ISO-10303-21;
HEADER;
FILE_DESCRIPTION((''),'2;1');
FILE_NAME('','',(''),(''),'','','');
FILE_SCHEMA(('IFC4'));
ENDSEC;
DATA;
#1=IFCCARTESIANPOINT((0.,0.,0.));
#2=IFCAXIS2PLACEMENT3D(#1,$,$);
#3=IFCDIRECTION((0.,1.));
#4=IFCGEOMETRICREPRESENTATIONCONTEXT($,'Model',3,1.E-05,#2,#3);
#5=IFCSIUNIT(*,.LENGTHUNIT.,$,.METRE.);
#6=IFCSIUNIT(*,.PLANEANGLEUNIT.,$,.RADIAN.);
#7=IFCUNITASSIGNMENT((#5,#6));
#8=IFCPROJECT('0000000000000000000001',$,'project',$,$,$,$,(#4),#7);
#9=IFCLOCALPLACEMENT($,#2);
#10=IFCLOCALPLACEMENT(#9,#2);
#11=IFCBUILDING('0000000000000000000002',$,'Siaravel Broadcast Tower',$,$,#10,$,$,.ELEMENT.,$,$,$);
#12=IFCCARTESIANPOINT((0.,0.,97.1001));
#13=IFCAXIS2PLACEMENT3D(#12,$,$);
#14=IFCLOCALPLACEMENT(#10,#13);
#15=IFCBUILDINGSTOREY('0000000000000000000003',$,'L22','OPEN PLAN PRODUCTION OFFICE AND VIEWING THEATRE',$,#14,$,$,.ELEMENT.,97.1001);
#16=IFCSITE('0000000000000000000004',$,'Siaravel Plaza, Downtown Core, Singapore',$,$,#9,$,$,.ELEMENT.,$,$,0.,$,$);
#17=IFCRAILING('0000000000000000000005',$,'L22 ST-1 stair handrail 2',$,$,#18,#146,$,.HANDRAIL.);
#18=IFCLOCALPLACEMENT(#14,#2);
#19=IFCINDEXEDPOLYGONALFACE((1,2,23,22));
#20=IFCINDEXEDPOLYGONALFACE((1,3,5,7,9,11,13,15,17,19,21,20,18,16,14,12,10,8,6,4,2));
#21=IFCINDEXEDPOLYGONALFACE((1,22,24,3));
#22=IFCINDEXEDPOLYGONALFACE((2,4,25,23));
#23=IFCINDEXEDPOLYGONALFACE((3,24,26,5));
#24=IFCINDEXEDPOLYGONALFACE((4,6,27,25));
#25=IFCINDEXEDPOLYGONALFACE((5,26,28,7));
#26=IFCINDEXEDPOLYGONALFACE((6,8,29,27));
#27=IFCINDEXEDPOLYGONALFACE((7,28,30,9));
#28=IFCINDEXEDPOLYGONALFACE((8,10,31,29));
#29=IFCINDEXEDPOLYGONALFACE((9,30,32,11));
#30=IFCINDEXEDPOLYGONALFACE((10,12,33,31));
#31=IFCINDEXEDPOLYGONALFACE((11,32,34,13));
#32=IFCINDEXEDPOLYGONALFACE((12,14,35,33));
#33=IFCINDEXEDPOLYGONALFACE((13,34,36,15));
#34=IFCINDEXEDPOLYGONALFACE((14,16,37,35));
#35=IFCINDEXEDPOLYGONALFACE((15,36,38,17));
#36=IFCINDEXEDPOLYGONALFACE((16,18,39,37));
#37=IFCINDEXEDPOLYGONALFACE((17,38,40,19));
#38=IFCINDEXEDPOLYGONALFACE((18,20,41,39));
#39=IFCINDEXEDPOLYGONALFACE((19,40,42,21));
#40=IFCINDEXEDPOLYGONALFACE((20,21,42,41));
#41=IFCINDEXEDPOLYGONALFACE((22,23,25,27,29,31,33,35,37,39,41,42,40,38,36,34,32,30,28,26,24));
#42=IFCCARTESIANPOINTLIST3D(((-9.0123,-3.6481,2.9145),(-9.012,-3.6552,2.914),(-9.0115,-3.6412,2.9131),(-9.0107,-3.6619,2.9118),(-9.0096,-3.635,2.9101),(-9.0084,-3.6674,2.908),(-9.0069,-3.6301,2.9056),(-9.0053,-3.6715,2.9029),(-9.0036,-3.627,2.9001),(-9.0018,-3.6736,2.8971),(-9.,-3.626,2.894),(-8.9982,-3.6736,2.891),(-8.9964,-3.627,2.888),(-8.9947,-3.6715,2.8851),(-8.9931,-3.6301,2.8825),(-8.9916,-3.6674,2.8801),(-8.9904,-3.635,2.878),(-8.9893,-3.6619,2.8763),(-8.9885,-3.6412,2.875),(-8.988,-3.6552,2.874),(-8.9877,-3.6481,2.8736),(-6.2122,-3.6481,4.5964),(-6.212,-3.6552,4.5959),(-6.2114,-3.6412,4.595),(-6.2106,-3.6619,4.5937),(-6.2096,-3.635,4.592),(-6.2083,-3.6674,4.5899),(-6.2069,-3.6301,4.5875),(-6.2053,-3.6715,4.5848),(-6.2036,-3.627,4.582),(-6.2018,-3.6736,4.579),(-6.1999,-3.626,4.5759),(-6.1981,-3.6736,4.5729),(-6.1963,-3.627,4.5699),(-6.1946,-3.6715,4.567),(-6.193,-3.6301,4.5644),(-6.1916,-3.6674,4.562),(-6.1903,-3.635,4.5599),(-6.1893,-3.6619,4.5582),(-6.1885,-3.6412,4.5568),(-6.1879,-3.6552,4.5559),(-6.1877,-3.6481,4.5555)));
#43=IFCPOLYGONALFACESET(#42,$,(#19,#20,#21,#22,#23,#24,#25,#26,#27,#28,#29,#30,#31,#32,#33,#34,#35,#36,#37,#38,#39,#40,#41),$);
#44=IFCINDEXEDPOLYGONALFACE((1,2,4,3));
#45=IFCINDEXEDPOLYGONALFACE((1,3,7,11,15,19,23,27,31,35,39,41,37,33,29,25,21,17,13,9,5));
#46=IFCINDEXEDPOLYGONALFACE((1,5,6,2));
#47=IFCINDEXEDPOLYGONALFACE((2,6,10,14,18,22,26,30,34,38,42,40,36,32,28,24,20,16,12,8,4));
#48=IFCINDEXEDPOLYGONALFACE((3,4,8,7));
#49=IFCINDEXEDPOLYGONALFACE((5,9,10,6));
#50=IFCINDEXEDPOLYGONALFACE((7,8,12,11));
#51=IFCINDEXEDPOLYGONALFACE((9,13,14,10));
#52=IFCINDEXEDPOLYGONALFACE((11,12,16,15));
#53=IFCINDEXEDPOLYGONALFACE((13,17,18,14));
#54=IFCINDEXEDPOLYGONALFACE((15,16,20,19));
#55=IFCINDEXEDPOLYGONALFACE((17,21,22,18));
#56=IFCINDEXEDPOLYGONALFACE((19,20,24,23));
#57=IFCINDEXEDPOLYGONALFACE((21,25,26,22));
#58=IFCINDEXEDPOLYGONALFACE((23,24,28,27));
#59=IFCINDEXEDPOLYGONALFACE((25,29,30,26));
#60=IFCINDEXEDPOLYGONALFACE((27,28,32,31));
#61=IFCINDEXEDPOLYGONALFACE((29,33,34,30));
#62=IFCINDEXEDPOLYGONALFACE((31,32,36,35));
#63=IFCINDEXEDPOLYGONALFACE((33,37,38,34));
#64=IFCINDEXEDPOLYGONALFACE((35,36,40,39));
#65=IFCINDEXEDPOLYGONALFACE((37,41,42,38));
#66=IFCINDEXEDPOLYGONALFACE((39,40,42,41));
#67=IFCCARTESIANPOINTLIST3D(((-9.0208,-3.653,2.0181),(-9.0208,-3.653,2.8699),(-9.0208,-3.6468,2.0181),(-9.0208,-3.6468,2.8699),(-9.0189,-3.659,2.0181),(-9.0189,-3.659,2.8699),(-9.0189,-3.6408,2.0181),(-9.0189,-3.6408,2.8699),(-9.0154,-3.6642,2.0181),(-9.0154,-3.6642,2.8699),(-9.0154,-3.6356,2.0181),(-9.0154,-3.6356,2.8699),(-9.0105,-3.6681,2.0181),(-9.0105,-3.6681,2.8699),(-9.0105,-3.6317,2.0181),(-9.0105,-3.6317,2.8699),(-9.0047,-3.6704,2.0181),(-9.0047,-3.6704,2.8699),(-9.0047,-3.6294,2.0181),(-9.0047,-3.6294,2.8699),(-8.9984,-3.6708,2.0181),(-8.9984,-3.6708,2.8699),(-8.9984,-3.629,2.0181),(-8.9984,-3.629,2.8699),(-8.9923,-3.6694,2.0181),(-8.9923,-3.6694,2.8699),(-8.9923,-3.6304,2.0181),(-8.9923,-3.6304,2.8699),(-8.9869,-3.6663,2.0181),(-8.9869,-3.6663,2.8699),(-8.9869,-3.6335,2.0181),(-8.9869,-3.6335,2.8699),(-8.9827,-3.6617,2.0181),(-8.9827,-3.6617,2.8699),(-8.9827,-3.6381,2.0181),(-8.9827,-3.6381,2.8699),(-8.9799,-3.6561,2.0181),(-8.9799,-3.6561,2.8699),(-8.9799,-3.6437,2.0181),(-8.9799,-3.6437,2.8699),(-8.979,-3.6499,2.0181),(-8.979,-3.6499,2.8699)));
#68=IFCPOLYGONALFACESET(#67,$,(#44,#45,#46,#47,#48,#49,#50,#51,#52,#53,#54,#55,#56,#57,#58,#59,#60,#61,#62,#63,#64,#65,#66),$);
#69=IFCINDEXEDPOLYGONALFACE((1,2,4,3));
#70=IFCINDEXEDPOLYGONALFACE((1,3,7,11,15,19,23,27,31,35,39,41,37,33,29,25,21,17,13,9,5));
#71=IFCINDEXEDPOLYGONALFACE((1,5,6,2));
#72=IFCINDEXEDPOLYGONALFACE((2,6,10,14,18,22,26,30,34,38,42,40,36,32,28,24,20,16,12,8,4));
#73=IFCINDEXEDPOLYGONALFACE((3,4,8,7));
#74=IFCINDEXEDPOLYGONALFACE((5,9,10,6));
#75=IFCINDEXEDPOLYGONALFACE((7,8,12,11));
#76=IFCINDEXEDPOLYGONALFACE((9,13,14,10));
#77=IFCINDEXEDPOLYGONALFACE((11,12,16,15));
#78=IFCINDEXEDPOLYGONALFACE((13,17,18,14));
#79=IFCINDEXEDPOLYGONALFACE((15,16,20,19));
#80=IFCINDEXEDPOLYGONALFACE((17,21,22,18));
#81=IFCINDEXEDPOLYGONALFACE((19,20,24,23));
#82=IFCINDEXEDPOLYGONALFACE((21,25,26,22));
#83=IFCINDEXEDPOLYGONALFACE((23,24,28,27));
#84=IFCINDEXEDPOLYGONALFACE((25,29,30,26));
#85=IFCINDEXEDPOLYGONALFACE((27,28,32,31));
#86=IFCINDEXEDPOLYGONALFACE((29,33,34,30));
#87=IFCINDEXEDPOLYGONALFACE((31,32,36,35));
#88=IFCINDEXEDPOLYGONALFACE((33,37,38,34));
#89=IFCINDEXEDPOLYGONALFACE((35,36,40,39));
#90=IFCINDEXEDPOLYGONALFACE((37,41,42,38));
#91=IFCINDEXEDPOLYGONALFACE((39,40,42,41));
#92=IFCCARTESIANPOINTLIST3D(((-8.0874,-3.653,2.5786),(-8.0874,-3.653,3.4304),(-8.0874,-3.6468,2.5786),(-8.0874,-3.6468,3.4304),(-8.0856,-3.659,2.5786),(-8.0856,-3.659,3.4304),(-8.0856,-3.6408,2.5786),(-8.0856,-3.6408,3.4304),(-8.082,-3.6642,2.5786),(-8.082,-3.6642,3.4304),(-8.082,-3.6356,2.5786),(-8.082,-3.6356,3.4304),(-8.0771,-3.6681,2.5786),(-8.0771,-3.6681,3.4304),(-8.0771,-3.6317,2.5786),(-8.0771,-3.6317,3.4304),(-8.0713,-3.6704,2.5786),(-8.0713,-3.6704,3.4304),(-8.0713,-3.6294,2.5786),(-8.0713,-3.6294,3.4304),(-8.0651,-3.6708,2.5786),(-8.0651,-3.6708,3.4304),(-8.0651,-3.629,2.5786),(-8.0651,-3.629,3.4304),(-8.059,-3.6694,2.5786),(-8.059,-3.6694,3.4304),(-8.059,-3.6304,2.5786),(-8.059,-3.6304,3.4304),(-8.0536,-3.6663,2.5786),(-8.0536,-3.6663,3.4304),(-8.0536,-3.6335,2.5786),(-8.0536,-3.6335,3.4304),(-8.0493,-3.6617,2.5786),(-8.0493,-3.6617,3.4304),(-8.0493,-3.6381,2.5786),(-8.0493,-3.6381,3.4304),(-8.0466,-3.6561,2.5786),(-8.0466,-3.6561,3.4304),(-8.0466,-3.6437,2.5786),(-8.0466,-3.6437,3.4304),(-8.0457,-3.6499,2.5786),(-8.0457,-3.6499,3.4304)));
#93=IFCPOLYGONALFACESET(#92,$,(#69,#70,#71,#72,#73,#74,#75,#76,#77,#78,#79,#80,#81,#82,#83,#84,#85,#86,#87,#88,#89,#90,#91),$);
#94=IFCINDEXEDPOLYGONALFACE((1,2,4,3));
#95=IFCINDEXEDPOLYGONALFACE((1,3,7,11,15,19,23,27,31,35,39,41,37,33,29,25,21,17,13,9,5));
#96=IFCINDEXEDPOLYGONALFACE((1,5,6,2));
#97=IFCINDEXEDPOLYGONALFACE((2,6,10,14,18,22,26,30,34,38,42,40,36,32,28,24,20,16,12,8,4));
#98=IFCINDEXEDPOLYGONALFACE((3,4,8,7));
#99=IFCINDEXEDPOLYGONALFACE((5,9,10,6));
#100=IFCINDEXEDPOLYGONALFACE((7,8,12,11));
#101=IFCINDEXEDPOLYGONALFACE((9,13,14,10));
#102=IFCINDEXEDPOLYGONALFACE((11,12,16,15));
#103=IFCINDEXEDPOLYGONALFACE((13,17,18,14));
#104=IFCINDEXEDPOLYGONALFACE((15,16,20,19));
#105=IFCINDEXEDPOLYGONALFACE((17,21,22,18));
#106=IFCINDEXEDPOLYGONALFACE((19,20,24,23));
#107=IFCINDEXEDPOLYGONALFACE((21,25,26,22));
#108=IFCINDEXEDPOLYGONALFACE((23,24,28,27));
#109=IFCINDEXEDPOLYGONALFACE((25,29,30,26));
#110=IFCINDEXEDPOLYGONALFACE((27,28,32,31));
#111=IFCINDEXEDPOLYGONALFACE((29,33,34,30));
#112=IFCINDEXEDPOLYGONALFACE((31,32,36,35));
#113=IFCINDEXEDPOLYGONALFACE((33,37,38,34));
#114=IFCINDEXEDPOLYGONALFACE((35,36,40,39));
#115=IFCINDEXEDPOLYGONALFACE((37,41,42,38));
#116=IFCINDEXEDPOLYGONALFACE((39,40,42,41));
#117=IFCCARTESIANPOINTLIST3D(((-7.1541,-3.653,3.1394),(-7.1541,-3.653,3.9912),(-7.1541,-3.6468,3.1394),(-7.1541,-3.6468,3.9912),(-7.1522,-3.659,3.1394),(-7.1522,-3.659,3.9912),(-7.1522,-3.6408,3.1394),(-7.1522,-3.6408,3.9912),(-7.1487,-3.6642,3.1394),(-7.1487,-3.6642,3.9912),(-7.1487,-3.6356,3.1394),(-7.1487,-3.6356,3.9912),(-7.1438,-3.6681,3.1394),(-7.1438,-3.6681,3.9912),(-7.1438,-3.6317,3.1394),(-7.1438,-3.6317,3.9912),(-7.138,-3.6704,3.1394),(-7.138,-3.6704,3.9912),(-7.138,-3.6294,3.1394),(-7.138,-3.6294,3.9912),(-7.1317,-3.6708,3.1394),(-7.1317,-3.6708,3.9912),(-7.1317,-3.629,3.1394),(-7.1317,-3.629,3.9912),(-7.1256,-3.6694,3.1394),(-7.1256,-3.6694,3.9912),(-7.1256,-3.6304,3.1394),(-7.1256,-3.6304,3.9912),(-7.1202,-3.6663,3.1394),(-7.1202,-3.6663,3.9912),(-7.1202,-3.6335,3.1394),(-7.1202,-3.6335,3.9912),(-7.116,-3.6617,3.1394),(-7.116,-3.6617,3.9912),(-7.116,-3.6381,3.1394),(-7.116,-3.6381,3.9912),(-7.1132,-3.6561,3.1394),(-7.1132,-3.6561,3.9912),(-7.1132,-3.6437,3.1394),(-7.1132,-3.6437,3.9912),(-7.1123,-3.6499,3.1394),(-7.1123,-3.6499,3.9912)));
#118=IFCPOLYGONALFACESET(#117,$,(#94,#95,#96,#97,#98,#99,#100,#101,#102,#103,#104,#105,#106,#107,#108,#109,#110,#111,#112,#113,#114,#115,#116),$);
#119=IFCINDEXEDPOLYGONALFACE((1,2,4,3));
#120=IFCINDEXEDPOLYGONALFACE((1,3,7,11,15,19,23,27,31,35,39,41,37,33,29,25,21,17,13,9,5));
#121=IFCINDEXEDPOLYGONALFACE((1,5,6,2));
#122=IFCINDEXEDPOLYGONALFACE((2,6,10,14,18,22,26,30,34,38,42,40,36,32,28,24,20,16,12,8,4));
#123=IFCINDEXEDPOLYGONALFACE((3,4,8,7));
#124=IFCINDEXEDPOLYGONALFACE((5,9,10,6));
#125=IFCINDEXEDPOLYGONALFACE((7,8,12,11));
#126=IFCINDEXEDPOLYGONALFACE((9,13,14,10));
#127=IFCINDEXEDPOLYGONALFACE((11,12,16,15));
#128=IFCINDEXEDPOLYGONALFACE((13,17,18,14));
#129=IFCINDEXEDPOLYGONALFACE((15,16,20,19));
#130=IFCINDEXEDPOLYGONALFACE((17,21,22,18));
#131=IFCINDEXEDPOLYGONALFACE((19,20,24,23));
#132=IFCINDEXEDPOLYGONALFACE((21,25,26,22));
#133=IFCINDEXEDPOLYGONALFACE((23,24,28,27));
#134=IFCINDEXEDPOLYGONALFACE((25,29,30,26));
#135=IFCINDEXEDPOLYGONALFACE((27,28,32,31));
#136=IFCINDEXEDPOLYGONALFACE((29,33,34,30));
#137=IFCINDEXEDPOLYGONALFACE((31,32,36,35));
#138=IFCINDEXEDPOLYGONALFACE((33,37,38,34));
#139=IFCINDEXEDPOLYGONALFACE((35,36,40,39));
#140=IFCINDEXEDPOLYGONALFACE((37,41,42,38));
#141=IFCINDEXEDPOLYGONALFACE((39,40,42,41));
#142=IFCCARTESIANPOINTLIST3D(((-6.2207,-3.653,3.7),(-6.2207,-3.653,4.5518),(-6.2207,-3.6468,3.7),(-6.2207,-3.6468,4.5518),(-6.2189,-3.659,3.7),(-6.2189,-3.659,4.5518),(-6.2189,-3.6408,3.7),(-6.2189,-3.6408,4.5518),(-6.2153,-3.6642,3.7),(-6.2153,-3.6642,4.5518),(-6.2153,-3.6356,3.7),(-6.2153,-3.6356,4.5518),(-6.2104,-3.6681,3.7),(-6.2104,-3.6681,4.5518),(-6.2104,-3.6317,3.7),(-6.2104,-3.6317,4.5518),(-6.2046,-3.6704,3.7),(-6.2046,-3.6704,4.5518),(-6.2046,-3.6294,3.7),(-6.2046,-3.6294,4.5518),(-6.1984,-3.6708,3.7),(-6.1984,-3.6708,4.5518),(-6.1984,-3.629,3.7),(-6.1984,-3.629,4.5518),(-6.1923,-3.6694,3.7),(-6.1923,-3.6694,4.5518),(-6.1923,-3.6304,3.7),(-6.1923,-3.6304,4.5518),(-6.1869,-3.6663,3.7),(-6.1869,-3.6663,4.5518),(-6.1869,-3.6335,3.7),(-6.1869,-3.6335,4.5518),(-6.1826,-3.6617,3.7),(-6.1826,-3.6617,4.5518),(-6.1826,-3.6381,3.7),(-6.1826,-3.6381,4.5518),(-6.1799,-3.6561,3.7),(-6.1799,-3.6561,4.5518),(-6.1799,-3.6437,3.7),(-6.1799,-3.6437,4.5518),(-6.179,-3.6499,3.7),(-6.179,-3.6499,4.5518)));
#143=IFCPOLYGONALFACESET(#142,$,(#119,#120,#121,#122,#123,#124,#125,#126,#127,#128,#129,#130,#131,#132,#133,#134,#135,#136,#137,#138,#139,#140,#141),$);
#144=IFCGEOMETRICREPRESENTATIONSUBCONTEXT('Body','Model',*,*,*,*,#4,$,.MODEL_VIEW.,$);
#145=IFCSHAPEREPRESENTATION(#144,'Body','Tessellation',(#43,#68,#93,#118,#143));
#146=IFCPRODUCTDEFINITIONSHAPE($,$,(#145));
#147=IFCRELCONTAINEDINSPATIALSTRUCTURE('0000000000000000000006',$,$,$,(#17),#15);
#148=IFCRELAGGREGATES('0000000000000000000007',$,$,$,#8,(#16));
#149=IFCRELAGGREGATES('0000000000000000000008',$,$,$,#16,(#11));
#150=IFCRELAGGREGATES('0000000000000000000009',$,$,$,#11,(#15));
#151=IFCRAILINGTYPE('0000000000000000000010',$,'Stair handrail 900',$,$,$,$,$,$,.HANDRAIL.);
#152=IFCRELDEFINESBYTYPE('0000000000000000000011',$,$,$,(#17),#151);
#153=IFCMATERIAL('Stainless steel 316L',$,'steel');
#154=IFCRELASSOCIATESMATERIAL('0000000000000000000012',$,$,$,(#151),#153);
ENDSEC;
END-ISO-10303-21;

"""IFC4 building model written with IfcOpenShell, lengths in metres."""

from ifc_helpers import new_model, si_unit, direction, frame, origin, origin_2d, place, context, subcontext, project, spatial, circle, extrude, material, type_object, element, save


model = new_model("IFC4")

# Units and contexts
model_context = context("Model", 3, precision=1e-05, world=origin(), true_north=direction((0.0, 1.0)))
body_context = subcontext(model_context, "Body", "Model", "MODEL_VIEW")
ifc_project = project(units=[si_unit("LENGTHUNIT", "METRE"), si_unit("PLANEANGLEUNIT", "RADIAN")], contexts=[model_context])

# Site, building, storey
site_placement = place(None, origin())
site = spatial("IfcSite", under=ifc_project, at=site_placement, Name="Siaravel Plaza, Downtown Core, Singapore", CompositionType="ELEMENT", RefElevation=0.0)
building_placement = place(site_placement, origin())
building = spatial("IfcBuilding", under=site, at=building_placement, Name="Siaravel Broadcast Tower", CompositionType="ELEMENT")
storey_placement = place(building_placement, frame((0.0, 0.0, 97.1001)))
storey = spatial("IfcBuildingStorey", under=building, at=storey_placement, Name="L22", Description="OPEN PLAN PRODUCTION OFFICE AND VIEWING THEATRE", CompositionType="ELEMENT", Elevation=97.1001)

# Railing
ifc_material_1 = material(Name="Stainless steel 316L", Category="steel")
railing_type_1 = type_object("IfcRailingType", Name="Stair handrail 900", PredefinedType="HANDRAIL", material=ifc_material_1)
railing_1_placement = place(storey_placement, frame((-9.0, -3.6499, 2.0181)))
element("IfcRailing", 1, at=railing_1_placement, inside=storey, type_object=railing_type_1, Name="L22 ST-1 stair handrail 2", PredefinedType="HANDRAIL", context=body_context, shape_type="SweptSolid", body=[
    extrude(circle(Radius=0.0239, at=origin_2d()), frame((0.0, 0.0, 0.876), z_axis=(0.857242, 0.0, 0.514913), x_axis=(0.0, 1.0, 0.0)), (0.0, 0.0, 1.0), 3.2664),
    extrude(circle(Radius=0.021, at=origin_2d()), origin(), (0.0, 0.0, 1.0), 0.8518),
    extrude(circle(Radius=0.021, at=origin_2d()), frame((0.9333, 0.0, 0.5605)), (0.0, 0.0, 1.0), 0.8518),
    extrude(circle(Radius=0.021, at=origin_2d()), frame((1.8667, 0.0, 1.1213)), (0.0, 0.0, 1.0), 0.8518),
    extrude(circle(Radius=0.021, at=origin_2d()), frame((2.8, 0.0, 1.6819)), (0.0, 0.0, 1.0), 0.8518),
])

save(model, "model.ifc")
